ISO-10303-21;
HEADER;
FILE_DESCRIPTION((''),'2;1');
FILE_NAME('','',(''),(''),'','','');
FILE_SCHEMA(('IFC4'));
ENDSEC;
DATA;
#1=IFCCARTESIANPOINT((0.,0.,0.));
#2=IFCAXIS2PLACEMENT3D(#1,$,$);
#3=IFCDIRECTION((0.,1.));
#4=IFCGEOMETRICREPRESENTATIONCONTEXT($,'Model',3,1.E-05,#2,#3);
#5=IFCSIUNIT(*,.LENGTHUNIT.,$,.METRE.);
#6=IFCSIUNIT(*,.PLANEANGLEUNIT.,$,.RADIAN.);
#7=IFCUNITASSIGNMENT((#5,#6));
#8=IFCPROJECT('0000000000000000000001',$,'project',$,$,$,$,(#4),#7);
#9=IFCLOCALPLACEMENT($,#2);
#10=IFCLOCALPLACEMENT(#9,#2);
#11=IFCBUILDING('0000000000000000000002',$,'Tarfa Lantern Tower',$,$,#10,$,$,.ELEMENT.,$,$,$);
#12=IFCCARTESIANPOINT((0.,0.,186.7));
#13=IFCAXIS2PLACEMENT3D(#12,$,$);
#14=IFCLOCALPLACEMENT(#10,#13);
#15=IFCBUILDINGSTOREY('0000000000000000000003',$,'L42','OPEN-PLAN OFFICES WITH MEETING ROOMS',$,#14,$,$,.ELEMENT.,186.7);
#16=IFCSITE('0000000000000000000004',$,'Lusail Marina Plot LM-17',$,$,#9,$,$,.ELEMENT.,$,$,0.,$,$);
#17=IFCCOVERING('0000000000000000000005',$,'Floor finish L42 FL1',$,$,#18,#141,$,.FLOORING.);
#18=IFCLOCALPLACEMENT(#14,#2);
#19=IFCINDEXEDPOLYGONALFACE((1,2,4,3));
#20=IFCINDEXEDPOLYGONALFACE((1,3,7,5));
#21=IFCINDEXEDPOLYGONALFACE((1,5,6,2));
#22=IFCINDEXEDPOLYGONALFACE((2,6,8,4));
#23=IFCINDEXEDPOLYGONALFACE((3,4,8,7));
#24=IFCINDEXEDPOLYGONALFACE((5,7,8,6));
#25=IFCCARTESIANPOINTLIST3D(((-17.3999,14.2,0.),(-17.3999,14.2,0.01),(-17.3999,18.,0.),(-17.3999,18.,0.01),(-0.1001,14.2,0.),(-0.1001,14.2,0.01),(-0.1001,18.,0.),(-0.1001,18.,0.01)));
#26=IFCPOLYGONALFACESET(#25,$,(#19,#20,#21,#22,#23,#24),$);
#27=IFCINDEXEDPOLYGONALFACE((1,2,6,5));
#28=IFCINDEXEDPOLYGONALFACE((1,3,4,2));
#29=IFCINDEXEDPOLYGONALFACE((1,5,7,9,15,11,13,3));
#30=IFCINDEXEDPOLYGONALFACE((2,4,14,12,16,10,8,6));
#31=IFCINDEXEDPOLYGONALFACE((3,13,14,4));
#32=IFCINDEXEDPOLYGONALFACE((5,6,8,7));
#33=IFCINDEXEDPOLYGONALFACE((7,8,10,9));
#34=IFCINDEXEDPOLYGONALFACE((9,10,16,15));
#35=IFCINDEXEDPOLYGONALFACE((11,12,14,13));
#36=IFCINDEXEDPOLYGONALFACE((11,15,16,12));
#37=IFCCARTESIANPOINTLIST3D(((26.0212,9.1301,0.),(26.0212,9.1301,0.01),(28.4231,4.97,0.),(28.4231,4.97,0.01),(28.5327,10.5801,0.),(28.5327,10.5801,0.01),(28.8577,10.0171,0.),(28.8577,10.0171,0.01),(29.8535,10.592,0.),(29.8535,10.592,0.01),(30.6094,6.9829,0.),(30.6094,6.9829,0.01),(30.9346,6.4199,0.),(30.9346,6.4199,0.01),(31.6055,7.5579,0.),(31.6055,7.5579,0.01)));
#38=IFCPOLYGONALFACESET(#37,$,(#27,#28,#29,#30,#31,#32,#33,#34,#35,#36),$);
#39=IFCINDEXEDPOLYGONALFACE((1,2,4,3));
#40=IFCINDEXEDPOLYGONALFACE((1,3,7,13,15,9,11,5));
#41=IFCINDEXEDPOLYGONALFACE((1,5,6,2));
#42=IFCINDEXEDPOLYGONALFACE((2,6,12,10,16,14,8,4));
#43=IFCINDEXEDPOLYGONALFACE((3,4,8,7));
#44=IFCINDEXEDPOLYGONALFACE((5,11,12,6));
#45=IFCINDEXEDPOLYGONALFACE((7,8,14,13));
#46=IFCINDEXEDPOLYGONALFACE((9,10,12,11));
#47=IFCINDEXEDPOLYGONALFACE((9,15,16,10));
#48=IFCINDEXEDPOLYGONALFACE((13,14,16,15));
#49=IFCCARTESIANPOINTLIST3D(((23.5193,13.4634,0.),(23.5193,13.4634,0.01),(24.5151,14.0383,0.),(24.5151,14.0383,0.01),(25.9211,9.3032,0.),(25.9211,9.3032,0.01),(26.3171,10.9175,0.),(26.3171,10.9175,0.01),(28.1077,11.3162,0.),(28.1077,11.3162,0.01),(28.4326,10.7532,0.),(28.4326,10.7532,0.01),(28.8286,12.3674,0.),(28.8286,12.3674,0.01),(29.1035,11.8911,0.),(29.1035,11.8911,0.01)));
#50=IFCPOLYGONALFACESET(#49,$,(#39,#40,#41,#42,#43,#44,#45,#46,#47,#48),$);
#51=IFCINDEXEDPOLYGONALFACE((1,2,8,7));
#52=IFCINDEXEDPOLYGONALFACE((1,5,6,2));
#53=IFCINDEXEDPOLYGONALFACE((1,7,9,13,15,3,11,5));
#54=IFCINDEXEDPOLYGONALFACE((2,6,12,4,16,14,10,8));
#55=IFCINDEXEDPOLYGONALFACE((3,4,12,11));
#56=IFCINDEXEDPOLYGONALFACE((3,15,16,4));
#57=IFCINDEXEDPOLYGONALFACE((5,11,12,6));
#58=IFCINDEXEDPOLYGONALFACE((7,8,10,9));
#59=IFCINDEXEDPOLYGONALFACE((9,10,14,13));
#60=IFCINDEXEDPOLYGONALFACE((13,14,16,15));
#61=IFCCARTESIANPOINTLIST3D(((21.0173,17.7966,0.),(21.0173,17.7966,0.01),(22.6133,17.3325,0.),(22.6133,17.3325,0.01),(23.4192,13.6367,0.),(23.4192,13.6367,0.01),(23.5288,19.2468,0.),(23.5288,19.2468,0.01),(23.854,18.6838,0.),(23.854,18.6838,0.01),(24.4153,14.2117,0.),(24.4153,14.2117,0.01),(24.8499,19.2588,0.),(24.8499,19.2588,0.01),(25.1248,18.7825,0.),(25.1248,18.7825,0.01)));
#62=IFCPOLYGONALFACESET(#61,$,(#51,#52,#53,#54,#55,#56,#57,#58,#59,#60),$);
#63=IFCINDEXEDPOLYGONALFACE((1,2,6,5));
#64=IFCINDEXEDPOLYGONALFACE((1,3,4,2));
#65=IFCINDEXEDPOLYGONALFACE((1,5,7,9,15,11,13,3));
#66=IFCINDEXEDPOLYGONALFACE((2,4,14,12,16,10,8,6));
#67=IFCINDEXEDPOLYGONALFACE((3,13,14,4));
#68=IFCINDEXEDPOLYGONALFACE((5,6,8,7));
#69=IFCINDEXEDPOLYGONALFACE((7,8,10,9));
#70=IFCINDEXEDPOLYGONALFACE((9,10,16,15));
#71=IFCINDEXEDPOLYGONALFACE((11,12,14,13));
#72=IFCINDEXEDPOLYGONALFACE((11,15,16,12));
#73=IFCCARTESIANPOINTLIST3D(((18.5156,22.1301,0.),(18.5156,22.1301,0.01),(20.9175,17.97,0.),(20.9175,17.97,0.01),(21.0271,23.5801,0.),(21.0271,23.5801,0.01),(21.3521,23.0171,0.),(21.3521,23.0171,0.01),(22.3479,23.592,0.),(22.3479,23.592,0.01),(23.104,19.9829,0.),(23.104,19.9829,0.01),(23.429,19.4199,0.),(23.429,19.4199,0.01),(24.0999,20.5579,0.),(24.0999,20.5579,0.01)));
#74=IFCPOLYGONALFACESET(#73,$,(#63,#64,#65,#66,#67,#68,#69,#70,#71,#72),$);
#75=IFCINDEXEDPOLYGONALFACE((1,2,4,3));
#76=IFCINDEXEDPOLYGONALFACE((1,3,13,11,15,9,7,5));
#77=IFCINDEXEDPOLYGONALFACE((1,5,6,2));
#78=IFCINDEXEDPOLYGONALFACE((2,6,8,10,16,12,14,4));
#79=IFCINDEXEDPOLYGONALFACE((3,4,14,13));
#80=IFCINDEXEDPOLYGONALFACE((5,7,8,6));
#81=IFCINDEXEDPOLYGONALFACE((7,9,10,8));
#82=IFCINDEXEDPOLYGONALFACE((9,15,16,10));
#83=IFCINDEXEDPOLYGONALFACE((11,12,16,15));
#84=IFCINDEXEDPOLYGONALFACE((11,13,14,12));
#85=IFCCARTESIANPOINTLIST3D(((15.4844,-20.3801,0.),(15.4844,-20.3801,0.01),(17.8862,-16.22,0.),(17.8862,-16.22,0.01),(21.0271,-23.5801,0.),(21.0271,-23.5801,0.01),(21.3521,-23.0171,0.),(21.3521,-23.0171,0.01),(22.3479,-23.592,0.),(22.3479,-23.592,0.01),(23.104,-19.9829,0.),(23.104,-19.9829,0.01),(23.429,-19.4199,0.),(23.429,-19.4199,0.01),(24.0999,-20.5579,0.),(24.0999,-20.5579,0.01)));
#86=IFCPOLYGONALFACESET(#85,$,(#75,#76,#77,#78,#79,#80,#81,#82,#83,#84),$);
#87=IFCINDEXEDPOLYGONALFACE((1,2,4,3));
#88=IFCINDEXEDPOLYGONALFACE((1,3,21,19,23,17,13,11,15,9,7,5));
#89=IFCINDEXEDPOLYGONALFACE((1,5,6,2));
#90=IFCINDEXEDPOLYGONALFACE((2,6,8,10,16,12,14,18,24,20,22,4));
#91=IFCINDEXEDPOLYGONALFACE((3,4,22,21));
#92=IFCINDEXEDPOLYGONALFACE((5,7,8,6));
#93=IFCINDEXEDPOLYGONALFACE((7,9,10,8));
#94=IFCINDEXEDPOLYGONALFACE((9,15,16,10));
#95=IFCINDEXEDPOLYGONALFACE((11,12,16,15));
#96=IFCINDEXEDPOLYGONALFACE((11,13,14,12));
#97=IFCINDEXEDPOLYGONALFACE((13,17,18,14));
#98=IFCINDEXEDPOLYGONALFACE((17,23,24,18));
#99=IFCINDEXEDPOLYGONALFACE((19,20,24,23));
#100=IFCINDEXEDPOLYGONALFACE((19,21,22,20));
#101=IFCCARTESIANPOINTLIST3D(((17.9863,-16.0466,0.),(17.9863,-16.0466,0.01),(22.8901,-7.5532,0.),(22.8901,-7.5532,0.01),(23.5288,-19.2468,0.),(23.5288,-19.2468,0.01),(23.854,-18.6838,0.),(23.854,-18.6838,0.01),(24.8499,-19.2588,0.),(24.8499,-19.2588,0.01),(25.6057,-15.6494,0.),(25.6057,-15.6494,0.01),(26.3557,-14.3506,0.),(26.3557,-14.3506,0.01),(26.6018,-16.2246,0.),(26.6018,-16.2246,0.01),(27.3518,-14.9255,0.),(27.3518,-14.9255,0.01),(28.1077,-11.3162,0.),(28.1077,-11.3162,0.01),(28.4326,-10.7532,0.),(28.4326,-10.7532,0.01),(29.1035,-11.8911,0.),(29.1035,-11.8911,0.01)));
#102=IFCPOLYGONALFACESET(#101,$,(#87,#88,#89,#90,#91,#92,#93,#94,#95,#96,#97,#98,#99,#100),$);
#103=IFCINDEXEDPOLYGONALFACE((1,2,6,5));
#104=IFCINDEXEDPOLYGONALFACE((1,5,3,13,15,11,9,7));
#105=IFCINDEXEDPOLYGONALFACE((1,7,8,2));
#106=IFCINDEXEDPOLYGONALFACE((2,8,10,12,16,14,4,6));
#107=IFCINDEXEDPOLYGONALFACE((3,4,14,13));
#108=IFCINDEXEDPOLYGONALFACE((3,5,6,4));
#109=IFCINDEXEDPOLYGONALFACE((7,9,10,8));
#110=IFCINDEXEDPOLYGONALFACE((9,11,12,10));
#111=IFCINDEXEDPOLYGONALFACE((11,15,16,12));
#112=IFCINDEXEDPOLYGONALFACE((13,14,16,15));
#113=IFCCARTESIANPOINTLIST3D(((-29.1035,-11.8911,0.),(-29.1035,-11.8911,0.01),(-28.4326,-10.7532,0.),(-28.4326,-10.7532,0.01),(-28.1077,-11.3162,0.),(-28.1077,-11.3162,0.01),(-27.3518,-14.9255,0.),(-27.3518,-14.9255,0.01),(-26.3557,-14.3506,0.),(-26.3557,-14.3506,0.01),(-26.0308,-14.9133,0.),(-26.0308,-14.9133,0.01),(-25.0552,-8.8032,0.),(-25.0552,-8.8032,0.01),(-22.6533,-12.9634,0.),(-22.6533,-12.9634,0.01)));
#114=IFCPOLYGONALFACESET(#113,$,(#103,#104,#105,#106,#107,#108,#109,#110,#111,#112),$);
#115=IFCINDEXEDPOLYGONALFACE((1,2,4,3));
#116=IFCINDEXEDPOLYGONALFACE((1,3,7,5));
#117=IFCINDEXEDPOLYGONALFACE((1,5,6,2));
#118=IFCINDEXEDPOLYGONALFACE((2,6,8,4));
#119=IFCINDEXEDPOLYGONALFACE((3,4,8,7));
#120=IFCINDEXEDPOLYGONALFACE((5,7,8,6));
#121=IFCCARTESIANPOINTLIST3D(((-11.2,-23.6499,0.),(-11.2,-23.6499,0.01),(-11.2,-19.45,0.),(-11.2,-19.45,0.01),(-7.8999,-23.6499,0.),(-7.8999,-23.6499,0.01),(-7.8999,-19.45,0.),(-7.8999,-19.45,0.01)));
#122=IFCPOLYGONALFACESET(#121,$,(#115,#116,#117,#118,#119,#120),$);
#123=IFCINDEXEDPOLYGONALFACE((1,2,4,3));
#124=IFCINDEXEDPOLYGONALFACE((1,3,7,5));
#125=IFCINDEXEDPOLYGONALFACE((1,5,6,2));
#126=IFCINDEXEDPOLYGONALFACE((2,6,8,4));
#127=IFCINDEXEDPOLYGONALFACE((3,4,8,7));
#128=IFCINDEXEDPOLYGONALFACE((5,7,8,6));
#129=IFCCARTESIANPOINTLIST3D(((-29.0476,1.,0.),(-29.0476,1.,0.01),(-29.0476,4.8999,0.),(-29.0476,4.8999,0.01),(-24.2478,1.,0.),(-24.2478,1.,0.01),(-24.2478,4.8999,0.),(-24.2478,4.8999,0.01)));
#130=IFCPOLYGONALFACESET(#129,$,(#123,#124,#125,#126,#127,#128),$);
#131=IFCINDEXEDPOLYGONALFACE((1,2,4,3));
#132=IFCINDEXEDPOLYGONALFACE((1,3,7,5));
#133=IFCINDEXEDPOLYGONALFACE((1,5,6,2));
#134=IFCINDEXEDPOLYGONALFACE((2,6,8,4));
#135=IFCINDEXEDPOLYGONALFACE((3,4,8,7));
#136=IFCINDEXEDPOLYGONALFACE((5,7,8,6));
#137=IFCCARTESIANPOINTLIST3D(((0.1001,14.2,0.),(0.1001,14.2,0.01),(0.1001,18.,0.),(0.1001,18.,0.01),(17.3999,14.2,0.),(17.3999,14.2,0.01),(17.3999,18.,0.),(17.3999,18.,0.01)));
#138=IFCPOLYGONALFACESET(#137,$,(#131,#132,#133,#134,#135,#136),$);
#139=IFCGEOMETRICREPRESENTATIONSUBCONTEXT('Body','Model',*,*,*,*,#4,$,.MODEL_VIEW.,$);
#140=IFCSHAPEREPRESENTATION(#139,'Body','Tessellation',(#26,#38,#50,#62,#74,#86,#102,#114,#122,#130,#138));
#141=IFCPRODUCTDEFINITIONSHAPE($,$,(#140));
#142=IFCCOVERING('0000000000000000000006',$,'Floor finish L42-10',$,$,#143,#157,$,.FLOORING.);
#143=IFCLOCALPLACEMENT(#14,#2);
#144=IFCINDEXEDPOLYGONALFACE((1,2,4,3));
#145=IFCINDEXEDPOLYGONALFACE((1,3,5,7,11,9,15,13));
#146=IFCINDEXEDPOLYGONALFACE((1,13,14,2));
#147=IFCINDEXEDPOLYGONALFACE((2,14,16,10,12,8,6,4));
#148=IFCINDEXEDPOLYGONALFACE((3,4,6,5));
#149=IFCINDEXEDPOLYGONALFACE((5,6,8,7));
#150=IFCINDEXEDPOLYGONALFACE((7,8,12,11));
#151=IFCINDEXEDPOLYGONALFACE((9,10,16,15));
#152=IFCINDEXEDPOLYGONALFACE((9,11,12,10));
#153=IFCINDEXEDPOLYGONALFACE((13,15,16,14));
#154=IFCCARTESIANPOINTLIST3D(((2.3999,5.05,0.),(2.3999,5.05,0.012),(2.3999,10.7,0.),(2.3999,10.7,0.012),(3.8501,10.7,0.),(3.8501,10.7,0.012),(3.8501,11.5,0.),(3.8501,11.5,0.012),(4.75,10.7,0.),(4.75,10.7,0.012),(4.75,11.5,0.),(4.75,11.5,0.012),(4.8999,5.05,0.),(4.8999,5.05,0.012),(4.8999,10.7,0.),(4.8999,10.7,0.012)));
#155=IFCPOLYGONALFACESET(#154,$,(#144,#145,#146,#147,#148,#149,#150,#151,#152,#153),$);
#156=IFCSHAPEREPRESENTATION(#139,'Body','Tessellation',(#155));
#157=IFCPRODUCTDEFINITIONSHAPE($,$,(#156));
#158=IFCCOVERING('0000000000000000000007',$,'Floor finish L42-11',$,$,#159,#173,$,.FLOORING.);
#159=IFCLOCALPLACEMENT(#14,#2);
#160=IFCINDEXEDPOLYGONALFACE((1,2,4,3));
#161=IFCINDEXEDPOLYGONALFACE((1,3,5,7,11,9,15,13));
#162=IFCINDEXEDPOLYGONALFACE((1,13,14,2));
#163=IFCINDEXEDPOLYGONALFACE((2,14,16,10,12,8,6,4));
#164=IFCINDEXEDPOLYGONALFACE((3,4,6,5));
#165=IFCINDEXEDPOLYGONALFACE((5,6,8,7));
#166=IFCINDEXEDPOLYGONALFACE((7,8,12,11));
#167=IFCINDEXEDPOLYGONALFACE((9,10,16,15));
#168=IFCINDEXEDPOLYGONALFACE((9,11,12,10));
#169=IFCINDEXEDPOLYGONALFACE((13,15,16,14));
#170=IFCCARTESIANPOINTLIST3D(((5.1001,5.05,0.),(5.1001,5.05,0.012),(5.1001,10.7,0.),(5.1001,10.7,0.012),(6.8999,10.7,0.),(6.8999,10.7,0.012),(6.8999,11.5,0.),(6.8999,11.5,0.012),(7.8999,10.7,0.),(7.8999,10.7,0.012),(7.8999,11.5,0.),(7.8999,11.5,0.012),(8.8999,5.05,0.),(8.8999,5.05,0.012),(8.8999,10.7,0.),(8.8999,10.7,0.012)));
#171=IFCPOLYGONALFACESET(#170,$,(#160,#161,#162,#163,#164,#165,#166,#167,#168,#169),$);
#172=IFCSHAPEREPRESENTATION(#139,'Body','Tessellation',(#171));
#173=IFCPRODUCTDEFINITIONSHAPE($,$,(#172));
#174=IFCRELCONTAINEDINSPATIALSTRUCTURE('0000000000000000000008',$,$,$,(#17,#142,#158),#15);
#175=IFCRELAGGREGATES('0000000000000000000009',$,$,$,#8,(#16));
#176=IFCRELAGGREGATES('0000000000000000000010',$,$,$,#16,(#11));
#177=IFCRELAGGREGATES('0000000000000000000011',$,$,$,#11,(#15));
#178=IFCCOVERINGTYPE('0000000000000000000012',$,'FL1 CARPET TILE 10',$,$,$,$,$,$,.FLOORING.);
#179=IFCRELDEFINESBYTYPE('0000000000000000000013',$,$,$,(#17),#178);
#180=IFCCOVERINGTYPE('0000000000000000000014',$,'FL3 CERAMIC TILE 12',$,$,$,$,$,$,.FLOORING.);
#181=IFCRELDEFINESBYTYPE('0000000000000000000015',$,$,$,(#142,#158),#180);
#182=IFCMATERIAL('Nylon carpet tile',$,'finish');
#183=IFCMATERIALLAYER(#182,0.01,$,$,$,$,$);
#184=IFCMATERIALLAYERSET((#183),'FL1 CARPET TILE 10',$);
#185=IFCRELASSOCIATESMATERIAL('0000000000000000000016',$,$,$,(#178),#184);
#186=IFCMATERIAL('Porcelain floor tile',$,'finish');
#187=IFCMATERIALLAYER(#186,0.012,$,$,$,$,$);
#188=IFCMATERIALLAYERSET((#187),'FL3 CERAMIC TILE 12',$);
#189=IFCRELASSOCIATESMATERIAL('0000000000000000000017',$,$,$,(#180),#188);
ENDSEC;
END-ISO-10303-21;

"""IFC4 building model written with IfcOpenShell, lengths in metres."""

from ifc_helpers import new_model, si_unit, direction, frame, origin, place, context, subcontext, project, spatial, polyline, outline, extrude, material, layer, layer_set, type_object, element, save


model = new_model("IFC4")

# Units and contexts
model_context = context("Model", 3, precision=1e-05, world=origin(), true_north=direction((0.0, 1.0)))
body_context = subcontext(model_context, "Body", "Model", "MODEL_VIEW")
ifc_project = project(units=[si_unit("LENGTHUNIT", "METRE"), si_unit("PLANEANGLEUNIT", "RADIAN")], contexts=[model_context])

# Site, building, storey
site_placement = place(None, origin())
site = spatial("IfcSite", under=ifc_project, at=site_placement, Name="Lusail Marina Plot LM-17", CompositionType="ELEMENT", RefElevation=0.0)
building_placement = place(site_placement, origin())
building = spatial("IfcBuilding", under=site, at=building_placement, Name="Tarfa Lantern Tower", CompositionType="ELEMENT")
storey_placement = place(building_placement, frame((0.0, 0.0, 186.7)))
storey = spatial("IfcBuildingStorey", under=building, at=storey_placement, Name="L42", Description="OPEN-PLAN OFFICES WITH MEETING ROOMS", CompositionType="ELEMENT", Elevation=186.7)

# Coverings
ifc_material_1 = material(Name="Nylon carpet tile", Category="finish")
ifc_layer_1 = layer(ifc_material_1, 0.01)
ifc_layer_set_1 = layer_set([ifc_layer_1], Name="FL1 CARPET TILE 10")
covering_type_1 = type_object("IfcCoveringType", Name="FL1 CARPET TILE 10", PredefinedType="FLOORING", material=ifc_layer_set_1)
covering_1_placement = place(storey_placement, origin())
element("IfcCovering", 1, at=covering_1_placement, inside=storey, type_object=covering_type_1, Name="Floor finish L42 FL1", PredefinedType="FLOORING", context=body_context, shape_type="SweptSolid", body=[
    extrude(outline(polyline([(-17.3999, 18.0), (-0.1001, 18.0), (-0.1001, 14.2), (-17.3999, 14.2), (-17.3999, 18.0)])), origin(), (0.0, 0.0, 1.0), 0.01),
    extrude(outline(polyline([(26.0212, 9.1301), (28.5327, 10.5801), (28.8577, 10.0171), (29.8535, 10.592), (31.6055, 7.5579), (30.6094, 6.9829), (30.9346, 6.4199), (28.4231, 4.97), (26.0212, 9.1301)])), origin(), (0.0, 0.0, 1.0), 0.01),
    extrude(outline(polyline([(25.9211, 9.3032), (23.5193, 13.4634), (24.5151, 14.0383), (26.3171, 10.9175), (28.8286, 12.3674), (29.1035, 11.8911), (28.1077, 11.3162), (28.4326, 10.7532), (25.9211, 9.3032)])), origin(), (0.0, 0.0, 1.0), 0.01),
    extrude(outline(polyline([(21.0173, 17.7966), (23.5288, 19.2468), (23.854, 18.6838), (24.8499, 19.2588), (25.1248, 18.7825), (22.6133, 17.3325), (24.4153, 14.2117), (23.4192, 13.6367), (21.0173, 17.7966)])), origin(), (0.0, 0.0, 1.0), 0.01),
    extrude(outline(polyline([(18.5156, 22.1301), (21.0271, 23.5801), (21.3521, 23.0171), (22.3479, 23.592), (24.0999, 20.5579), (23.104, 19.9829), (23.429, 19.4199), (20.9175, 17.97), (18.5156, 22.1301)])), origin(), (0.0, 0.0, 1.0), 0.01),
    extrude(outline(polyline([(17.8862, -16.22), (23.429, -19.4199), (23.104, -19.9829), (24.0999, -20.5579), (22.3479, -23.592), (21.3521, -23.0171), (21.0271, -23.5801), (15.4844, -20.3801), (17.8862, -16.22)])), origin(), (0.0, 0.0, 1.0), 0.01),
    extrude(outline(polyline([(22.8901, -7.5532), (28.4326, -10.7532), (28.1077, -11.3162), (29.1035, -11.8911), (27.3518, -14.9255), (26.3557, -14.3506), (25.6057, -15.6494), (26.6018, -16.2246), (24.8499, -19.2588), (23.854, -18.6838), (23.5288, -19.2468), (17.9863, -16.0466), (22.8901, -7.5532)])), origin(), (0.0, 0.0, 1.0), 0.01),
    extrude(outline(polyline([(-22.6533, -12.9634), (-26.0308, -14.9133), (-26.3557, -14.3506), (-27.3518, -14.9255), (-29.1035, -11.8911), (-28.1077, -11.3162), (-28.4326, -10.7532), (-25.0552, -8.8032), (-22.6533, -12.9634)])), origin(), (0.0, 0.0, 1.0), 0.01),
    extrude(outline(polyline([(-7.8999, -23.6499), (-11.2, -23.6499), (-11.2, -19.45), (-7.8999, -19.45), (-7.8999, -23.6499)])), origin(), (0.0, 0.0, 1.0), 0.01),
    extrude(outline(polyline([(-29.0476, 1.0), (-29.0476, 4.8999), (-24.2478, 4.8999), (-24.2478, 1.0), (-29.0476, 1.0)])), origin(), (0.0, 0.0, 1.0), 0.01),
    extrude(outline(polyline([(0.1001, 18.0), (17.3999, 18.0), (17.3999, 14.2), (0.1001, 14.2), (0.1001, 18.0)])), origin(), (0.0, 0.0, 1.0), 0.01),
])
ifc_material_2 = material(Name="Porcelain floor tile", Category="finish")
ifc_layer_2 = layer(ifc_material_2, 0.012)
ifc_layer_set_2 = layer_set([ifc_layer_2], Name="FL3 CERAMIC TILE 12")
covering_type_2 = type_object("IfcCoveringType", Name="FL3 CERAMIC TILE 12", PredefinedType="FLOORING", material=ifc_layer_set_2)
covering_2_placement = place(storey_placement, origin())
element("IfcCovering", 2, at=covering_2_placement, inside=storey, type_object=covering_type_2, Name="Floor finish L42-10", PredefinedType="FLOORING", context=body_context, shape_type="SweptSolid", body=[
    extrude(outline(polyline([(2.3999, 5.05), (4.8999, 5.05), (4.8999, 10.7), (4.75, 10.7), (4.75, 11.5), (3.8501, 11.5), (3.8501, 10.7), (2.3999, 10.7), (2.3999, 5.05)])), origin(), (0.0, 0.0, 1.0), 0.012),
])
covering_3_placement = place(storey_placement, origin())
element("IfcCovering", 3, at=covering_3_placement, inside=storey, type_object=covering_type_2, Name="Floor finish L42-11", PredefinedType="FLOORING", context=body_context, shape_type="SweptSolid", body=[
    extrude(outline(polyline([(5.1001, 5.05), (8.8999, 5.05), (8.8999, 10.7), (7.8999, 10.7), (7.8999, 11.5), (6.8999, 11.5), (6.8999, 10.7), (5.1001, 10.7), (5.1001, 5.05)])), origin(), (0.0, 0.0, 1.0), 0.012),
])

save(model, "model.ifc")
